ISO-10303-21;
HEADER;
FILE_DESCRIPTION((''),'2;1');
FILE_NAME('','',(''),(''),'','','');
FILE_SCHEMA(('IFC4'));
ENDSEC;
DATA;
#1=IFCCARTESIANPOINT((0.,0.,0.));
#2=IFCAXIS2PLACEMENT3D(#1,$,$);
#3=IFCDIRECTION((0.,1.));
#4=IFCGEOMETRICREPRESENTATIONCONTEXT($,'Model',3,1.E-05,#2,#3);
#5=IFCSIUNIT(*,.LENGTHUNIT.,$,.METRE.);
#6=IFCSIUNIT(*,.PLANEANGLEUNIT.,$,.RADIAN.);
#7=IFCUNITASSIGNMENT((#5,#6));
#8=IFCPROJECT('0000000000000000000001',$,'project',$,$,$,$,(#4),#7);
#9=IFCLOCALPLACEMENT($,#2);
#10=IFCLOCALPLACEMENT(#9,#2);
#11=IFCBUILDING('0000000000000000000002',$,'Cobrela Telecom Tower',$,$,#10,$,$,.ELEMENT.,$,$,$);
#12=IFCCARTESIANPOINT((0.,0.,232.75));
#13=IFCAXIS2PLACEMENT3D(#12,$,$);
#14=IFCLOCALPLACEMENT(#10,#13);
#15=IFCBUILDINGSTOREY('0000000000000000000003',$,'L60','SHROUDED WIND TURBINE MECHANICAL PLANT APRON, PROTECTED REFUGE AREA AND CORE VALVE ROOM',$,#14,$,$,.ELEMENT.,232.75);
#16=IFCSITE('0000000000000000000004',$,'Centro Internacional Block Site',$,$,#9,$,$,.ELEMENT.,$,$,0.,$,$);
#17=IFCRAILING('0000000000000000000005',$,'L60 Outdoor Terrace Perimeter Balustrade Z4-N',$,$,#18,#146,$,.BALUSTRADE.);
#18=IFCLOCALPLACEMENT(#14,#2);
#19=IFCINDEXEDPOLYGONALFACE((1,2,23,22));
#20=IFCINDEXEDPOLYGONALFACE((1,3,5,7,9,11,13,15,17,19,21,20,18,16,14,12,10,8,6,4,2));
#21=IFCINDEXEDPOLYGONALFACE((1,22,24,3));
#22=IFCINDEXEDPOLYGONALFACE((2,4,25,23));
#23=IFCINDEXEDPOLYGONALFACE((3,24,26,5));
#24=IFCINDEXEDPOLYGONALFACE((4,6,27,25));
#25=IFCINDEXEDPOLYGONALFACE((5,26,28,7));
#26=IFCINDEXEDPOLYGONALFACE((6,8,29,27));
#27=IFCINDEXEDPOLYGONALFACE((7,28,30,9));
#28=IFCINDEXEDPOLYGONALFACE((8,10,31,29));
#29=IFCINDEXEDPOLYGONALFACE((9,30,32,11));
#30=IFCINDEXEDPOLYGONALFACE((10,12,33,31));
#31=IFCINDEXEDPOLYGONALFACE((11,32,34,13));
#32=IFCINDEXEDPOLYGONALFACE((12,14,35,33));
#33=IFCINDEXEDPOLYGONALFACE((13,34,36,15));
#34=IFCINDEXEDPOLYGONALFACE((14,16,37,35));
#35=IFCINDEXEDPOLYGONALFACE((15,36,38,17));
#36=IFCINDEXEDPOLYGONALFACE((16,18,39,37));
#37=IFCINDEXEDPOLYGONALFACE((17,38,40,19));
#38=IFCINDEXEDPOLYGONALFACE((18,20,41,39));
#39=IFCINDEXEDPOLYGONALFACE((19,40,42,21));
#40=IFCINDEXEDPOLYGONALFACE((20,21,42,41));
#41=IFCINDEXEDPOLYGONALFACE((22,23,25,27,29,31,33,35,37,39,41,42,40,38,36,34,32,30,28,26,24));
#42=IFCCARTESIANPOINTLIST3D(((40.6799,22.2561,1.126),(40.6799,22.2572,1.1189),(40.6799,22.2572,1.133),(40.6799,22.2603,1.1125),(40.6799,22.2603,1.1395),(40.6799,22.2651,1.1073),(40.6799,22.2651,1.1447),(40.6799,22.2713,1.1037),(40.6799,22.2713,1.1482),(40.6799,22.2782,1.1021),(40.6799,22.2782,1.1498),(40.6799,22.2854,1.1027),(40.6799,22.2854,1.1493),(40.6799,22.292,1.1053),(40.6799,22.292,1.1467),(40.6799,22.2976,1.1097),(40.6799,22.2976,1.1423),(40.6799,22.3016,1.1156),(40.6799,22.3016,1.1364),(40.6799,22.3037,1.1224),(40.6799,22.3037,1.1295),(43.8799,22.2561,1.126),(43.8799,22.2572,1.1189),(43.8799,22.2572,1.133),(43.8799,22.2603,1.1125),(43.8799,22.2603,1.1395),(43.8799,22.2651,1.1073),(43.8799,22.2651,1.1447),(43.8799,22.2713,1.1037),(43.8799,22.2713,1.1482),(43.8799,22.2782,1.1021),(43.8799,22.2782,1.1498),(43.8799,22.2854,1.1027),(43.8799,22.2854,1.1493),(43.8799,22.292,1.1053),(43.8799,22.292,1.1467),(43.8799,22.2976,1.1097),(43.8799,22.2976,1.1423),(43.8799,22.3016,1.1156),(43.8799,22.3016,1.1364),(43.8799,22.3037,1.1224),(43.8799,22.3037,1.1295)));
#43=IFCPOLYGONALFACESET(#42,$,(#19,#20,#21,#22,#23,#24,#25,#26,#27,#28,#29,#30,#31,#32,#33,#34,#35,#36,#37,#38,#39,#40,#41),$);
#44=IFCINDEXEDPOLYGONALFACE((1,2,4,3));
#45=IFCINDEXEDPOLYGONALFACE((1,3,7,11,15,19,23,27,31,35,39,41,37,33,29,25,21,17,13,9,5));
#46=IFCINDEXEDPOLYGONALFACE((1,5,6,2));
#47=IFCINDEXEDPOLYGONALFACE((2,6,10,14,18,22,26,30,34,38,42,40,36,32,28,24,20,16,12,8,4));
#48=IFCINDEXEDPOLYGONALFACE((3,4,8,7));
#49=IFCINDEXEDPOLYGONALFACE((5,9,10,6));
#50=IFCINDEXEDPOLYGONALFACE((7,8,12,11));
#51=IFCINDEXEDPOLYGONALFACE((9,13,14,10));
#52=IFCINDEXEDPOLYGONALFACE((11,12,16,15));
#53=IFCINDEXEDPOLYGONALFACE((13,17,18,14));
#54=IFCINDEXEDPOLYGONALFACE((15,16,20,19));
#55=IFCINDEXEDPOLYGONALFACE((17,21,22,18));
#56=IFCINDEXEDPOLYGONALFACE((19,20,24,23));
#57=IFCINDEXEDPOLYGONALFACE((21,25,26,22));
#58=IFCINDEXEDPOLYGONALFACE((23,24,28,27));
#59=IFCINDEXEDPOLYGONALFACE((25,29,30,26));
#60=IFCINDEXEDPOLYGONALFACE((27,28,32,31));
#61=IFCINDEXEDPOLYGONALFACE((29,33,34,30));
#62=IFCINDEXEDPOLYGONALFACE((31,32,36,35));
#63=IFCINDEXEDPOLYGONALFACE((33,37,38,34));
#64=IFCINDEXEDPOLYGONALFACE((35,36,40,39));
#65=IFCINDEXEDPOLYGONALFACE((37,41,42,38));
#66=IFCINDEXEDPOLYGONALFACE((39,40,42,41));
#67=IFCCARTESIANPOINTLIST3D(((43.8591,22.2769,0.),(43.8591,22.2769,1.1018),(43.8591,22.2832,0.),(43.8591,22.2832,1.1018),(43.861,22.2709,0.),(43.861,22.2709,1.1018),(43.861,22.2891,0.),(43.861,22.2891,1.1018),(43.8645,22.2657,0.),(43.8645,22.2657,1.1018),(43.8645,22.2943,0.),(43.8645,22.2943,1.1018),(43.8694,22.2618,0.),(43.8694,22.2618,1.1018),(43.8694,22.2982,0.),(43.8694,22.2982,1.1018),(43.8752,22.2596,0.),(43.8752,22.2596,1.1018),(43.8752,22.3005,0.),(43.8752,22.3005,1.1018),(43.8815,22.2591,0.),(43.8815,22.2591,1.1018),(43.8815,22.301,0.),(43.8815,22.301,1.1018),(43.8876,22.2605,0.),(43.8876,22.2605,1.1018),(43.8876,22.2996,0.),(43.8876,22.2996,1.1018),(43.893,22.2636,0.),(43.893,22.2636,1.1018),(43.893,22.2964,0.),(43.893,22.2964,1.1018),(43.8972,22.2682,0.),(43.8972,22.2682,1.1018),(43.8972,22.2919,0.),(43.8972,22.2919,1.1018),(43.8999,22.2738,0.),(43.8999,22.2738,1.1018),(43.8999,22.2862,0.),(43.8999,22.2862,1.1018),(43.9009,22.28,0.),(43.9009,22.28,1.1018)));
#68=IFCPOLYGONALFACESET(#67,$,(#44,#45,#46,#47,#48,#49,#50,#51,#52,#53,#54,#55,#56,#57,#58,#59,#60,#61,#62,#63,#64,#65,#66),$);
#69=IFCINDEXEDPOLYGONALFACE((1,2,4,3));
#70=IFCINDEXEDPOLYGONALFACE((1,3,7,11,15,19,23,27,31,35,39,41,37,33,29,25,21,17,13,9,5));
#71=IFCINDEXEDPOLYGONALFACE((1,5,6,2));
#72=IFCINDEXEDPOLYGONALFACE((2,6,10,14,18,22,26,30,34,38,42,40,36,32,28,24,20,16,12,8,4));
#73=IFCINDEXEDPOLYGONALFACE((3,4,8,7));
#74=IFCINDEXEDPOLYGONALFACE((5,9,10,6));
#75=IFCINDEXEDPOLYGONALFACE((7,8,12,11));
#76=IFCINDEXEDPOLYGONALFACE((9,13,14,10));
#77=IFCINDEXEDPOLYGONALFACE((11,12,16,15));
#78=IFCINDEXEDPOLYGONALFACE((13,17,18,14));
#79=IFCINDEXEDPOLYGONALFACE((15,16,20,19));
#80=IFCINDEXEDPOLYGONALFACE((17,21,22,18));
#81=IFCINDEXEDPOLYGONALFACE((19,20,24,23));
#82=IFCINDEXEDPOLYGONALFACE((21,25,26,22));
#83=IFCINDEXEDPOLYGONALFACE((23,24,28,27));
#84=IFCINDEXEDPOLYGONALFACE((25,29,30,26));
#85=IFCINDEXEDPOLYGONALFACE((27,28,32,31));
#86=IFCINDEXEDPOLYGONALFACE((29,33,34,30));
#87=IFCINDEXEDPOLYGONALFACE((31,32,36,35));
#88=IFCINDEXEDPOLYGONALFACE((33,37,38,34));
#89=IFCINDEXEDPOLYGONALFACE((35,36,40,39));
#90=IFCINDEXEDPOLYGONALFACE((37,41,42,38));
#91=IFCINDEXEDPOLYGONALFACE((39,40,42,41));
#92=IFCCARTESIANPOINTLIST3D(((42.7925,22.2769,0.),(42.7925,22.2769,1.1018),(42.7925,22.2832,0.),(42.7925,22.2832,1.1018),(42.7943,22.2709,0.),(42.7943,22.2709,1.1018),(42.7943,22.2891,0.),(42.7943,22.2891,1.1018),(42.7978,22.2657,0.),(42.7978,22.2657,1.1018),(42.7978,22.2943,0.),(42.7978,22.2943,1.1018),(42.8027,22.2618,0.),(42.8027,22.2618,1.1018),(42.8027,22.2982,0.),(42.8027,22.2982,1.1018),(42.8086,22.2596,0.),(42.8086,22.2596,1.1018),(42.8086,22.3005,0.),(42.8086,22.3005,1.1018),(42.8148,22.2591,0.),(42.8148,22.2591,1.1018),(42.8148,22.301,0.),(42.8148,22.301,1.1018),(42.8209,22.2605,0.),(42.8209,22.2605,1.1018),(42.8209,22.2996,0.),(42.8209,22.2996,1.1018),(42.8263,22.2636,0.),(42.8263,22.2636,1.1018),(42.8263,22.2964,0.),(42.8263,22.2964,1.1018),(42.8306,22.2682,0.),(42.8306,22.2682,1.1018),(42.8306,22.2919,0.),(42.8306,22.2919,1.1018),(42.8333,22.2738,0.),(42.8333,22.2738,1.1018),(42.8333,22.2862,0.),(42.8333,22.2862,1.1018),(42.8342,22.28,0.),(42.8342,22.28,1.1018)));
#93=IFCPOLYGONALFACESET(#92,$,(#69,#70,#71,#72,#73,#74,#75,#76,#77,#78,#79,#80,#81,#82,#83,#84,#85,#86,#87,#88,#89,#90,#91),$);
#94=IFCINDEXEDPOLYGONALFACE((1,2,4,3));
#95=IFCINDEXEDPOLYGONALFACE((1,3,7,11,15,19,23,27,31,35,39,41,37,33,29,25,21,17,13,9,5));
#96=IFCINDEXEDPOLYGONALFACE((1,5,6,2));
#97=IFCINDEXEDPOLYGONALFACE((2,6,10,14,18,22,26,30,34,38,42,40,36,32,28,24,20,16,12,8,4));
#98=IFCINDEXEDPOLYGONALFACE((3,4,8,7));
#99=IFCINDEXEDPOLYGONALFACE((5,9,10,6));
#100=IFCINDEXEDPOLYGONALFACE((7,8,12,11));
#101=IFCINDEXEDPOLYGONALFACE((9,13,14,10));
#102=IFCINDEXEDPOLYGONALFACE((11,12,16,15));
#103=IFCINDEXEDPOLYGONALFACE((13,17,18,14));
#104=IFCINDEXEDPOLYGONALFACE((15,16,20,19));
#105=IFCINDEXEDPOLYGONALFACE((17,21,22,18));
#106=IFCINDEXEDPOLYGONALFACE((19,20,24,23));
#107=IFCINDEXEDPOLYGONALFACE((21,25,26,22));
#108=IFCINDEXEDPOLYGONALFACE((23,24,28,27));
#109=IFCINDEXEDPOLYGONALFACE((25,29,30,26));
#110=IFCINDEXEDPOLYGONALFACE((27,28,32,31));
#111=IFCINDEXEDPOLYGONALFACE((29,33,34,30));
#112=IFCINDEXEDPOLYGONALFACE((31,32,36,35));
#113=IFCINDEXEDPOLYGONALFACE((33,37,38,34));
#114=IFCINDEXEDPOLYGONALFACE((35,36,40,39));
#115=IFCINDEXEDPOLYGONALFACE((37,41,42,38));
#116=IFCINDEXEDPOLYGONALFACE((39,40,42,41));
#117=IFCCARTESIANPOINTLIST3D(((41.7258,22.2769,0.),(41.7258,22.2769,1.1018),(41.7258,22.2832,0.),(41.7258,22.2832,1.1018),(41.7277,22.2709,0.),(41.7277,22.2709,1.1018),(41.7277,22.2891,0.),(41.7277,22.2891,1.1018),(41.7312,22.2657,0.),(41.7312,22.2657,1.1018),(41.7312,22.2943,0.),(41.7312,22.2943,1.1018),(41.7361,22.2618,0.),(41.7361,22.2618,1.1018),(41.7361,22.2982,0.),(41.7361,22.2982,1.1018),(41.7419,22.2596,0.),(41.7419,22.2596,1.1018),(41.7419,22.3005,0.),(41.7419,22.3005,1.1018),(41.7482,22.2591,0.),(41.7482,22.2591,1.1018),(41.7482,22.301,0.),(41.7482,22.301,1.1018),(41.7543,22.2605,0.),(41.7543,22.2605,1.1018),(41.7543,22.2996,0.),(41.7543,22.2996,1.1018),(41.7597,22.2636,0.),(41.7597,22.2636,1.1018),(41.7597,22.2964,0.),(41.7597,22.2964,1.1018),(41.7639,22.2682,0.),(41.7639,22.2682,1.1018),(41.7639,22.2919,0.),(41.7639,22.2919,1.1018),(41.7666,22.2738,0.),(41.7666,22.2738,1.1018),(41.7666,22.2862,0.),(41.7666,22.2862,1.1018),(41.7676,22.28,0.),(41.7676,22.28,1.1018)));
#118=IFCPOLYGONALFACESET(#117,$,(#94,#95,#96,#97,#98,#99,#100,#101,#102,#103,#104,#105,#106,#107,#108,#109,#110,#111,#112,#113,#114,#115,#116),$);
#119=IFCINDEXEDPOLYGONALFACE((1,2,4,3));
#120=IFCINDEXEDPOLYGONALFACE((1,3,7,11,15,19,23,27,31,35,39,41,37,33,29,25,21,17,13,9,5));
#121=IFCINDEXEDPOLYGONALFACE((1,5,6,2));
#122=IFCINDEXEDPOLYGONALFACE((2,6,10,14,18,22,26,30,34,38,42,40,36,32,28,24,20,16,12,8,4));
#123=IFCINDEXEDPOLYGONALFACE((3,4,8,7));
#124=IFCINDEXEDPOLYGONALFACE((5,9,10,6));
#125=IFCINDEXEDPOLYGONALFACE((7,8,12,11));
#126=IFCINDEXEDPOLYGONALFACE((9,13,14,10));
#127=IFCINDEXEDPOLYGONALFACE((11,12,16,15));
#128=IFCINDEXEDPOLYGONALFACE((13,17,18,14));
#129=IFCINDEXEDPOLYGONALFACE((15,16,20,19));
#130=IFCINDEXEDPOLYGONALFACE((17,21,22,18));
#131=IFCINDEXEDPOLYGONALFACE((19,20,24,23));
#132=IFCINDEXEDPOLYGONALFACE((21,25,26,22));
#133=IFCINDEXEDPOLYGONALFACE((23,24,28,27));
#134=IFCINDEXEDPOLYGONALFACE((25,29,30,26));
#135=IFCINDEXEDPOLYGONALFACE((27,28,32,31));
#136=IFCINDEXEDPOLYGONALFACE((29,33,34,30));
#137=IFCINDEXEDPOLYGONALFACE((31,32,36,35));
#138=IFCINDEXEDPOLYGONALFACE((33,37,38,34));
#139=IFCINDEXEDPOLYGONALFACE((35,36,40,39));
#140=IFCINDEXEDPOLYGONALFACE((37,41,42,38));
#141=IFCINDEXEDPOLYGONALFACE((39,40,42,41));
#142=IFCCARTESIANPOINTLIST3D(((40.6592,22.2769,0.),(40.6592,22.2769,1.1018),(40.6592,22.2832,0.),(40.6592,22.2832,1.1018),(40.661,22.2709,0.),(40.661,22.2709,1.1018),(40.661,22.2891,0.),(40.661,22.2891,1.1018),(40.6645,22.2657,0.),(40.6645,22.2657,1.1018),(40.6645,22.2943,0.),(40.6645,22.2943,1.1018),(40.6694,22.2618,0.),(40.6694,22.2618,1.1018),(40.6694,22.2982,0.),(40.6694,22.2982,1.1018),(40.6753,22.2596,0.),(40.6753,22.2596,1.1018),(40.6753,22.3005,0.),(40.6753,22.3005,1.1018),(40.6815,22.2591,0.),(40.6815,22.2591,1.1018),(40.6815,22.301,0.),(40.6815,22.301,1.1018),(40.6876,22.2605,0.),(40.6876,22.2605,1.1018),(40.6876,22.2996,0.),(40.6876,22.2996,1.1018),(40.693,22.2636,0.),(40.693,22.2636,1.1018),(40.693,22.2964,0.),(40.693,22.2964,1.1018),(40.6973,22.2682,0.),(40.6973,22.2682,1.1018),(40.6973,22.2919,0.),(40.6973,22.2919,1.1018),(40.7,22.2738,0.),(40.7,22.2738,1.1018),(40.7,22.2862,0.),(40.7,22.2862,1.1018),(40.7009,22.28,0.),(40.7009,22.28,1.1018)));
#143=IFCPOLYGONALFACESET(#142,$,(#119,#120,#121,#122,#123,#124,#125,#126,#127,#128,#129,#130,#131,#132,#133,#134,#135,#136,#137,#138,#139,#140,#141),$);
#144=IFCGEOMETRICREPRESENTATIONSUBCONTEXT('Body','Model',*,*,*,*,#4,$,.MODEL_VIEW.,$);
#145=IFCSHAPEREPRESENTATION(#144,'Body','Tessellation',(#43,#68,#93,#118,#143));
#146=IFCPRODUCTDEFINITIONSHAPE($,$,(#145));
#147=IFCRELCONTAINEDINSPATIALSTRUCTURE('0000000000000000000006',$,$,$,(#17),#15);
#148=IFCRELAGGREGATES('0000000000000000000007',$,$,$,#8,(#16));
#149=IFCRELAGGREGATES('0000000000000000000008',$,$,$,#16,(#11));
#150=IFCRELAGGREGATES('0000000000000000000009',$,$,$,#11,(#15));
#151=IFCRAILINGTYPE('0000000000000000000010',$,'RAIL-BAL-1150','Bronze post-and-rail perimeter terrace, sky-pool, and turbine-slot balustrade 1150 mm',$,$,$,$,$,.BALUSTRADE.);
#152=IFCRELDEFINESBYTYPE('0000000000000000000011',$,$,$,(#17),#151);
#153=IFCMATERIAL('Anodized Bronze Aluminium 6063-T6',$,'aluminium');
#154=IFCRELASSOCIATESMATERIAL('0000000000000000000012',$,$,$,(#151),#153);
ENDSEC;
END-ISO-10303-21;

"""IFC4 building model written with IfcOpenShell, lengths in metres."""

from ifc_helpers import new_model, si_unit, direction, frame, origin, origin_2d, place, context, subcontext, project, spatial, circle, extrude, material, type_object, element, save


model = new_model("IFC4")

# Units and contexts
model_context = context("Model", 3, precision=1e-05, world=origin(), true_north=direction((0.0, 1.0)))
body_context = subcontext(model_context, "Body", "Model", "MODEL_VIEW")
ifc_project = project(units=[si_unit("LENGTHUNIT", "METRE"), si_unit("PLANEANGLEUNIT", "RADIAN")], contexts=[model_context])

# Site, building, storey
site_placement = place(None, origin())
site = spatial("IfcSite", under=ifc_project, at=site_placement, Name="Centro Internacional Block Site", CompositionType="ELEMENT", RefElevation=0.0)
building_placement = place(site_placement, origin())
building = spatial("IfcBuilding", under=site, at=building_placement, Name="Cobrela Telecom Tower", CompositionType="ELEMENT")
storey_placement = place(building_placement, frame((0.0, 0.0, 232.75)))
storey = spatial("IfcBuildingStorey", under=building, at=storey_placement, Name="L60", Description="SHROUDED WIND TURBINE MECHANICAL PLANT APRON, PROTECTED REFUGE AREA AND CORE VALVE ROOM", CompositionType="ELEMENT", Elevation=232.75)

# Shared definitions
ifc_material_1 = material(Name="Anodized Bronze Aluminium 6063-T6", Category="aluminium")

# Railing
railing_type = type_object("IfcRailingType", Name="RAIL-BAL-1150", Description="Bronze post-and-rail perimeter terrace, sky-pool, and turbine-slot balustrade 1150 mm", PredefinedType="BALUSTRADE", material=ifc_material_1)
railing_1_placement = place(storey_placement, frame((43.8799, 22.28, 0.0)))
element("IfcRailing", 1, at=railing_1_placement, inside=storey, type_object=railing_type, Name="L60 Outdoor Terrace Perimeter Balustrade Z4-N", PredefinedType="BALUSTRADE", context=body_context, shape_type="SweptSolid", body=[
    extrude(circle(Radius=0.0239, at=origin_2d()), frame((0.0, 0.0, 1.126), z_axis=(-1.0, 0.0, 0.0), x_axis=(0.0, -1.0, 0.0)), (0.0, 0.0, 1.0), 3.2),
    extrude(circle(Radius=0.021, at=origin_2d()), origin(), (0.0, 0.0, 1.0), 1.1018),
    extrude(circle(Radius=0.021, at=origin_2d()), frame((-1.0667, 0.0, 0.0)), (0.0, 0.0, 1.0), 1.1018),
    extrude(circle(Radius=0.021, at=origin_2d()), frame((-2.1333, 0.0, 0.0)), (0.0, 0.0, 1.0), 1.1018),
    extrude(circle(Radius=0.021, at=origin_2d()), frame((-3.2, 0.0, 0.0)), (0.0, 0.0, 1.0), 1.1018),
])

save(model, "model.ifc")
